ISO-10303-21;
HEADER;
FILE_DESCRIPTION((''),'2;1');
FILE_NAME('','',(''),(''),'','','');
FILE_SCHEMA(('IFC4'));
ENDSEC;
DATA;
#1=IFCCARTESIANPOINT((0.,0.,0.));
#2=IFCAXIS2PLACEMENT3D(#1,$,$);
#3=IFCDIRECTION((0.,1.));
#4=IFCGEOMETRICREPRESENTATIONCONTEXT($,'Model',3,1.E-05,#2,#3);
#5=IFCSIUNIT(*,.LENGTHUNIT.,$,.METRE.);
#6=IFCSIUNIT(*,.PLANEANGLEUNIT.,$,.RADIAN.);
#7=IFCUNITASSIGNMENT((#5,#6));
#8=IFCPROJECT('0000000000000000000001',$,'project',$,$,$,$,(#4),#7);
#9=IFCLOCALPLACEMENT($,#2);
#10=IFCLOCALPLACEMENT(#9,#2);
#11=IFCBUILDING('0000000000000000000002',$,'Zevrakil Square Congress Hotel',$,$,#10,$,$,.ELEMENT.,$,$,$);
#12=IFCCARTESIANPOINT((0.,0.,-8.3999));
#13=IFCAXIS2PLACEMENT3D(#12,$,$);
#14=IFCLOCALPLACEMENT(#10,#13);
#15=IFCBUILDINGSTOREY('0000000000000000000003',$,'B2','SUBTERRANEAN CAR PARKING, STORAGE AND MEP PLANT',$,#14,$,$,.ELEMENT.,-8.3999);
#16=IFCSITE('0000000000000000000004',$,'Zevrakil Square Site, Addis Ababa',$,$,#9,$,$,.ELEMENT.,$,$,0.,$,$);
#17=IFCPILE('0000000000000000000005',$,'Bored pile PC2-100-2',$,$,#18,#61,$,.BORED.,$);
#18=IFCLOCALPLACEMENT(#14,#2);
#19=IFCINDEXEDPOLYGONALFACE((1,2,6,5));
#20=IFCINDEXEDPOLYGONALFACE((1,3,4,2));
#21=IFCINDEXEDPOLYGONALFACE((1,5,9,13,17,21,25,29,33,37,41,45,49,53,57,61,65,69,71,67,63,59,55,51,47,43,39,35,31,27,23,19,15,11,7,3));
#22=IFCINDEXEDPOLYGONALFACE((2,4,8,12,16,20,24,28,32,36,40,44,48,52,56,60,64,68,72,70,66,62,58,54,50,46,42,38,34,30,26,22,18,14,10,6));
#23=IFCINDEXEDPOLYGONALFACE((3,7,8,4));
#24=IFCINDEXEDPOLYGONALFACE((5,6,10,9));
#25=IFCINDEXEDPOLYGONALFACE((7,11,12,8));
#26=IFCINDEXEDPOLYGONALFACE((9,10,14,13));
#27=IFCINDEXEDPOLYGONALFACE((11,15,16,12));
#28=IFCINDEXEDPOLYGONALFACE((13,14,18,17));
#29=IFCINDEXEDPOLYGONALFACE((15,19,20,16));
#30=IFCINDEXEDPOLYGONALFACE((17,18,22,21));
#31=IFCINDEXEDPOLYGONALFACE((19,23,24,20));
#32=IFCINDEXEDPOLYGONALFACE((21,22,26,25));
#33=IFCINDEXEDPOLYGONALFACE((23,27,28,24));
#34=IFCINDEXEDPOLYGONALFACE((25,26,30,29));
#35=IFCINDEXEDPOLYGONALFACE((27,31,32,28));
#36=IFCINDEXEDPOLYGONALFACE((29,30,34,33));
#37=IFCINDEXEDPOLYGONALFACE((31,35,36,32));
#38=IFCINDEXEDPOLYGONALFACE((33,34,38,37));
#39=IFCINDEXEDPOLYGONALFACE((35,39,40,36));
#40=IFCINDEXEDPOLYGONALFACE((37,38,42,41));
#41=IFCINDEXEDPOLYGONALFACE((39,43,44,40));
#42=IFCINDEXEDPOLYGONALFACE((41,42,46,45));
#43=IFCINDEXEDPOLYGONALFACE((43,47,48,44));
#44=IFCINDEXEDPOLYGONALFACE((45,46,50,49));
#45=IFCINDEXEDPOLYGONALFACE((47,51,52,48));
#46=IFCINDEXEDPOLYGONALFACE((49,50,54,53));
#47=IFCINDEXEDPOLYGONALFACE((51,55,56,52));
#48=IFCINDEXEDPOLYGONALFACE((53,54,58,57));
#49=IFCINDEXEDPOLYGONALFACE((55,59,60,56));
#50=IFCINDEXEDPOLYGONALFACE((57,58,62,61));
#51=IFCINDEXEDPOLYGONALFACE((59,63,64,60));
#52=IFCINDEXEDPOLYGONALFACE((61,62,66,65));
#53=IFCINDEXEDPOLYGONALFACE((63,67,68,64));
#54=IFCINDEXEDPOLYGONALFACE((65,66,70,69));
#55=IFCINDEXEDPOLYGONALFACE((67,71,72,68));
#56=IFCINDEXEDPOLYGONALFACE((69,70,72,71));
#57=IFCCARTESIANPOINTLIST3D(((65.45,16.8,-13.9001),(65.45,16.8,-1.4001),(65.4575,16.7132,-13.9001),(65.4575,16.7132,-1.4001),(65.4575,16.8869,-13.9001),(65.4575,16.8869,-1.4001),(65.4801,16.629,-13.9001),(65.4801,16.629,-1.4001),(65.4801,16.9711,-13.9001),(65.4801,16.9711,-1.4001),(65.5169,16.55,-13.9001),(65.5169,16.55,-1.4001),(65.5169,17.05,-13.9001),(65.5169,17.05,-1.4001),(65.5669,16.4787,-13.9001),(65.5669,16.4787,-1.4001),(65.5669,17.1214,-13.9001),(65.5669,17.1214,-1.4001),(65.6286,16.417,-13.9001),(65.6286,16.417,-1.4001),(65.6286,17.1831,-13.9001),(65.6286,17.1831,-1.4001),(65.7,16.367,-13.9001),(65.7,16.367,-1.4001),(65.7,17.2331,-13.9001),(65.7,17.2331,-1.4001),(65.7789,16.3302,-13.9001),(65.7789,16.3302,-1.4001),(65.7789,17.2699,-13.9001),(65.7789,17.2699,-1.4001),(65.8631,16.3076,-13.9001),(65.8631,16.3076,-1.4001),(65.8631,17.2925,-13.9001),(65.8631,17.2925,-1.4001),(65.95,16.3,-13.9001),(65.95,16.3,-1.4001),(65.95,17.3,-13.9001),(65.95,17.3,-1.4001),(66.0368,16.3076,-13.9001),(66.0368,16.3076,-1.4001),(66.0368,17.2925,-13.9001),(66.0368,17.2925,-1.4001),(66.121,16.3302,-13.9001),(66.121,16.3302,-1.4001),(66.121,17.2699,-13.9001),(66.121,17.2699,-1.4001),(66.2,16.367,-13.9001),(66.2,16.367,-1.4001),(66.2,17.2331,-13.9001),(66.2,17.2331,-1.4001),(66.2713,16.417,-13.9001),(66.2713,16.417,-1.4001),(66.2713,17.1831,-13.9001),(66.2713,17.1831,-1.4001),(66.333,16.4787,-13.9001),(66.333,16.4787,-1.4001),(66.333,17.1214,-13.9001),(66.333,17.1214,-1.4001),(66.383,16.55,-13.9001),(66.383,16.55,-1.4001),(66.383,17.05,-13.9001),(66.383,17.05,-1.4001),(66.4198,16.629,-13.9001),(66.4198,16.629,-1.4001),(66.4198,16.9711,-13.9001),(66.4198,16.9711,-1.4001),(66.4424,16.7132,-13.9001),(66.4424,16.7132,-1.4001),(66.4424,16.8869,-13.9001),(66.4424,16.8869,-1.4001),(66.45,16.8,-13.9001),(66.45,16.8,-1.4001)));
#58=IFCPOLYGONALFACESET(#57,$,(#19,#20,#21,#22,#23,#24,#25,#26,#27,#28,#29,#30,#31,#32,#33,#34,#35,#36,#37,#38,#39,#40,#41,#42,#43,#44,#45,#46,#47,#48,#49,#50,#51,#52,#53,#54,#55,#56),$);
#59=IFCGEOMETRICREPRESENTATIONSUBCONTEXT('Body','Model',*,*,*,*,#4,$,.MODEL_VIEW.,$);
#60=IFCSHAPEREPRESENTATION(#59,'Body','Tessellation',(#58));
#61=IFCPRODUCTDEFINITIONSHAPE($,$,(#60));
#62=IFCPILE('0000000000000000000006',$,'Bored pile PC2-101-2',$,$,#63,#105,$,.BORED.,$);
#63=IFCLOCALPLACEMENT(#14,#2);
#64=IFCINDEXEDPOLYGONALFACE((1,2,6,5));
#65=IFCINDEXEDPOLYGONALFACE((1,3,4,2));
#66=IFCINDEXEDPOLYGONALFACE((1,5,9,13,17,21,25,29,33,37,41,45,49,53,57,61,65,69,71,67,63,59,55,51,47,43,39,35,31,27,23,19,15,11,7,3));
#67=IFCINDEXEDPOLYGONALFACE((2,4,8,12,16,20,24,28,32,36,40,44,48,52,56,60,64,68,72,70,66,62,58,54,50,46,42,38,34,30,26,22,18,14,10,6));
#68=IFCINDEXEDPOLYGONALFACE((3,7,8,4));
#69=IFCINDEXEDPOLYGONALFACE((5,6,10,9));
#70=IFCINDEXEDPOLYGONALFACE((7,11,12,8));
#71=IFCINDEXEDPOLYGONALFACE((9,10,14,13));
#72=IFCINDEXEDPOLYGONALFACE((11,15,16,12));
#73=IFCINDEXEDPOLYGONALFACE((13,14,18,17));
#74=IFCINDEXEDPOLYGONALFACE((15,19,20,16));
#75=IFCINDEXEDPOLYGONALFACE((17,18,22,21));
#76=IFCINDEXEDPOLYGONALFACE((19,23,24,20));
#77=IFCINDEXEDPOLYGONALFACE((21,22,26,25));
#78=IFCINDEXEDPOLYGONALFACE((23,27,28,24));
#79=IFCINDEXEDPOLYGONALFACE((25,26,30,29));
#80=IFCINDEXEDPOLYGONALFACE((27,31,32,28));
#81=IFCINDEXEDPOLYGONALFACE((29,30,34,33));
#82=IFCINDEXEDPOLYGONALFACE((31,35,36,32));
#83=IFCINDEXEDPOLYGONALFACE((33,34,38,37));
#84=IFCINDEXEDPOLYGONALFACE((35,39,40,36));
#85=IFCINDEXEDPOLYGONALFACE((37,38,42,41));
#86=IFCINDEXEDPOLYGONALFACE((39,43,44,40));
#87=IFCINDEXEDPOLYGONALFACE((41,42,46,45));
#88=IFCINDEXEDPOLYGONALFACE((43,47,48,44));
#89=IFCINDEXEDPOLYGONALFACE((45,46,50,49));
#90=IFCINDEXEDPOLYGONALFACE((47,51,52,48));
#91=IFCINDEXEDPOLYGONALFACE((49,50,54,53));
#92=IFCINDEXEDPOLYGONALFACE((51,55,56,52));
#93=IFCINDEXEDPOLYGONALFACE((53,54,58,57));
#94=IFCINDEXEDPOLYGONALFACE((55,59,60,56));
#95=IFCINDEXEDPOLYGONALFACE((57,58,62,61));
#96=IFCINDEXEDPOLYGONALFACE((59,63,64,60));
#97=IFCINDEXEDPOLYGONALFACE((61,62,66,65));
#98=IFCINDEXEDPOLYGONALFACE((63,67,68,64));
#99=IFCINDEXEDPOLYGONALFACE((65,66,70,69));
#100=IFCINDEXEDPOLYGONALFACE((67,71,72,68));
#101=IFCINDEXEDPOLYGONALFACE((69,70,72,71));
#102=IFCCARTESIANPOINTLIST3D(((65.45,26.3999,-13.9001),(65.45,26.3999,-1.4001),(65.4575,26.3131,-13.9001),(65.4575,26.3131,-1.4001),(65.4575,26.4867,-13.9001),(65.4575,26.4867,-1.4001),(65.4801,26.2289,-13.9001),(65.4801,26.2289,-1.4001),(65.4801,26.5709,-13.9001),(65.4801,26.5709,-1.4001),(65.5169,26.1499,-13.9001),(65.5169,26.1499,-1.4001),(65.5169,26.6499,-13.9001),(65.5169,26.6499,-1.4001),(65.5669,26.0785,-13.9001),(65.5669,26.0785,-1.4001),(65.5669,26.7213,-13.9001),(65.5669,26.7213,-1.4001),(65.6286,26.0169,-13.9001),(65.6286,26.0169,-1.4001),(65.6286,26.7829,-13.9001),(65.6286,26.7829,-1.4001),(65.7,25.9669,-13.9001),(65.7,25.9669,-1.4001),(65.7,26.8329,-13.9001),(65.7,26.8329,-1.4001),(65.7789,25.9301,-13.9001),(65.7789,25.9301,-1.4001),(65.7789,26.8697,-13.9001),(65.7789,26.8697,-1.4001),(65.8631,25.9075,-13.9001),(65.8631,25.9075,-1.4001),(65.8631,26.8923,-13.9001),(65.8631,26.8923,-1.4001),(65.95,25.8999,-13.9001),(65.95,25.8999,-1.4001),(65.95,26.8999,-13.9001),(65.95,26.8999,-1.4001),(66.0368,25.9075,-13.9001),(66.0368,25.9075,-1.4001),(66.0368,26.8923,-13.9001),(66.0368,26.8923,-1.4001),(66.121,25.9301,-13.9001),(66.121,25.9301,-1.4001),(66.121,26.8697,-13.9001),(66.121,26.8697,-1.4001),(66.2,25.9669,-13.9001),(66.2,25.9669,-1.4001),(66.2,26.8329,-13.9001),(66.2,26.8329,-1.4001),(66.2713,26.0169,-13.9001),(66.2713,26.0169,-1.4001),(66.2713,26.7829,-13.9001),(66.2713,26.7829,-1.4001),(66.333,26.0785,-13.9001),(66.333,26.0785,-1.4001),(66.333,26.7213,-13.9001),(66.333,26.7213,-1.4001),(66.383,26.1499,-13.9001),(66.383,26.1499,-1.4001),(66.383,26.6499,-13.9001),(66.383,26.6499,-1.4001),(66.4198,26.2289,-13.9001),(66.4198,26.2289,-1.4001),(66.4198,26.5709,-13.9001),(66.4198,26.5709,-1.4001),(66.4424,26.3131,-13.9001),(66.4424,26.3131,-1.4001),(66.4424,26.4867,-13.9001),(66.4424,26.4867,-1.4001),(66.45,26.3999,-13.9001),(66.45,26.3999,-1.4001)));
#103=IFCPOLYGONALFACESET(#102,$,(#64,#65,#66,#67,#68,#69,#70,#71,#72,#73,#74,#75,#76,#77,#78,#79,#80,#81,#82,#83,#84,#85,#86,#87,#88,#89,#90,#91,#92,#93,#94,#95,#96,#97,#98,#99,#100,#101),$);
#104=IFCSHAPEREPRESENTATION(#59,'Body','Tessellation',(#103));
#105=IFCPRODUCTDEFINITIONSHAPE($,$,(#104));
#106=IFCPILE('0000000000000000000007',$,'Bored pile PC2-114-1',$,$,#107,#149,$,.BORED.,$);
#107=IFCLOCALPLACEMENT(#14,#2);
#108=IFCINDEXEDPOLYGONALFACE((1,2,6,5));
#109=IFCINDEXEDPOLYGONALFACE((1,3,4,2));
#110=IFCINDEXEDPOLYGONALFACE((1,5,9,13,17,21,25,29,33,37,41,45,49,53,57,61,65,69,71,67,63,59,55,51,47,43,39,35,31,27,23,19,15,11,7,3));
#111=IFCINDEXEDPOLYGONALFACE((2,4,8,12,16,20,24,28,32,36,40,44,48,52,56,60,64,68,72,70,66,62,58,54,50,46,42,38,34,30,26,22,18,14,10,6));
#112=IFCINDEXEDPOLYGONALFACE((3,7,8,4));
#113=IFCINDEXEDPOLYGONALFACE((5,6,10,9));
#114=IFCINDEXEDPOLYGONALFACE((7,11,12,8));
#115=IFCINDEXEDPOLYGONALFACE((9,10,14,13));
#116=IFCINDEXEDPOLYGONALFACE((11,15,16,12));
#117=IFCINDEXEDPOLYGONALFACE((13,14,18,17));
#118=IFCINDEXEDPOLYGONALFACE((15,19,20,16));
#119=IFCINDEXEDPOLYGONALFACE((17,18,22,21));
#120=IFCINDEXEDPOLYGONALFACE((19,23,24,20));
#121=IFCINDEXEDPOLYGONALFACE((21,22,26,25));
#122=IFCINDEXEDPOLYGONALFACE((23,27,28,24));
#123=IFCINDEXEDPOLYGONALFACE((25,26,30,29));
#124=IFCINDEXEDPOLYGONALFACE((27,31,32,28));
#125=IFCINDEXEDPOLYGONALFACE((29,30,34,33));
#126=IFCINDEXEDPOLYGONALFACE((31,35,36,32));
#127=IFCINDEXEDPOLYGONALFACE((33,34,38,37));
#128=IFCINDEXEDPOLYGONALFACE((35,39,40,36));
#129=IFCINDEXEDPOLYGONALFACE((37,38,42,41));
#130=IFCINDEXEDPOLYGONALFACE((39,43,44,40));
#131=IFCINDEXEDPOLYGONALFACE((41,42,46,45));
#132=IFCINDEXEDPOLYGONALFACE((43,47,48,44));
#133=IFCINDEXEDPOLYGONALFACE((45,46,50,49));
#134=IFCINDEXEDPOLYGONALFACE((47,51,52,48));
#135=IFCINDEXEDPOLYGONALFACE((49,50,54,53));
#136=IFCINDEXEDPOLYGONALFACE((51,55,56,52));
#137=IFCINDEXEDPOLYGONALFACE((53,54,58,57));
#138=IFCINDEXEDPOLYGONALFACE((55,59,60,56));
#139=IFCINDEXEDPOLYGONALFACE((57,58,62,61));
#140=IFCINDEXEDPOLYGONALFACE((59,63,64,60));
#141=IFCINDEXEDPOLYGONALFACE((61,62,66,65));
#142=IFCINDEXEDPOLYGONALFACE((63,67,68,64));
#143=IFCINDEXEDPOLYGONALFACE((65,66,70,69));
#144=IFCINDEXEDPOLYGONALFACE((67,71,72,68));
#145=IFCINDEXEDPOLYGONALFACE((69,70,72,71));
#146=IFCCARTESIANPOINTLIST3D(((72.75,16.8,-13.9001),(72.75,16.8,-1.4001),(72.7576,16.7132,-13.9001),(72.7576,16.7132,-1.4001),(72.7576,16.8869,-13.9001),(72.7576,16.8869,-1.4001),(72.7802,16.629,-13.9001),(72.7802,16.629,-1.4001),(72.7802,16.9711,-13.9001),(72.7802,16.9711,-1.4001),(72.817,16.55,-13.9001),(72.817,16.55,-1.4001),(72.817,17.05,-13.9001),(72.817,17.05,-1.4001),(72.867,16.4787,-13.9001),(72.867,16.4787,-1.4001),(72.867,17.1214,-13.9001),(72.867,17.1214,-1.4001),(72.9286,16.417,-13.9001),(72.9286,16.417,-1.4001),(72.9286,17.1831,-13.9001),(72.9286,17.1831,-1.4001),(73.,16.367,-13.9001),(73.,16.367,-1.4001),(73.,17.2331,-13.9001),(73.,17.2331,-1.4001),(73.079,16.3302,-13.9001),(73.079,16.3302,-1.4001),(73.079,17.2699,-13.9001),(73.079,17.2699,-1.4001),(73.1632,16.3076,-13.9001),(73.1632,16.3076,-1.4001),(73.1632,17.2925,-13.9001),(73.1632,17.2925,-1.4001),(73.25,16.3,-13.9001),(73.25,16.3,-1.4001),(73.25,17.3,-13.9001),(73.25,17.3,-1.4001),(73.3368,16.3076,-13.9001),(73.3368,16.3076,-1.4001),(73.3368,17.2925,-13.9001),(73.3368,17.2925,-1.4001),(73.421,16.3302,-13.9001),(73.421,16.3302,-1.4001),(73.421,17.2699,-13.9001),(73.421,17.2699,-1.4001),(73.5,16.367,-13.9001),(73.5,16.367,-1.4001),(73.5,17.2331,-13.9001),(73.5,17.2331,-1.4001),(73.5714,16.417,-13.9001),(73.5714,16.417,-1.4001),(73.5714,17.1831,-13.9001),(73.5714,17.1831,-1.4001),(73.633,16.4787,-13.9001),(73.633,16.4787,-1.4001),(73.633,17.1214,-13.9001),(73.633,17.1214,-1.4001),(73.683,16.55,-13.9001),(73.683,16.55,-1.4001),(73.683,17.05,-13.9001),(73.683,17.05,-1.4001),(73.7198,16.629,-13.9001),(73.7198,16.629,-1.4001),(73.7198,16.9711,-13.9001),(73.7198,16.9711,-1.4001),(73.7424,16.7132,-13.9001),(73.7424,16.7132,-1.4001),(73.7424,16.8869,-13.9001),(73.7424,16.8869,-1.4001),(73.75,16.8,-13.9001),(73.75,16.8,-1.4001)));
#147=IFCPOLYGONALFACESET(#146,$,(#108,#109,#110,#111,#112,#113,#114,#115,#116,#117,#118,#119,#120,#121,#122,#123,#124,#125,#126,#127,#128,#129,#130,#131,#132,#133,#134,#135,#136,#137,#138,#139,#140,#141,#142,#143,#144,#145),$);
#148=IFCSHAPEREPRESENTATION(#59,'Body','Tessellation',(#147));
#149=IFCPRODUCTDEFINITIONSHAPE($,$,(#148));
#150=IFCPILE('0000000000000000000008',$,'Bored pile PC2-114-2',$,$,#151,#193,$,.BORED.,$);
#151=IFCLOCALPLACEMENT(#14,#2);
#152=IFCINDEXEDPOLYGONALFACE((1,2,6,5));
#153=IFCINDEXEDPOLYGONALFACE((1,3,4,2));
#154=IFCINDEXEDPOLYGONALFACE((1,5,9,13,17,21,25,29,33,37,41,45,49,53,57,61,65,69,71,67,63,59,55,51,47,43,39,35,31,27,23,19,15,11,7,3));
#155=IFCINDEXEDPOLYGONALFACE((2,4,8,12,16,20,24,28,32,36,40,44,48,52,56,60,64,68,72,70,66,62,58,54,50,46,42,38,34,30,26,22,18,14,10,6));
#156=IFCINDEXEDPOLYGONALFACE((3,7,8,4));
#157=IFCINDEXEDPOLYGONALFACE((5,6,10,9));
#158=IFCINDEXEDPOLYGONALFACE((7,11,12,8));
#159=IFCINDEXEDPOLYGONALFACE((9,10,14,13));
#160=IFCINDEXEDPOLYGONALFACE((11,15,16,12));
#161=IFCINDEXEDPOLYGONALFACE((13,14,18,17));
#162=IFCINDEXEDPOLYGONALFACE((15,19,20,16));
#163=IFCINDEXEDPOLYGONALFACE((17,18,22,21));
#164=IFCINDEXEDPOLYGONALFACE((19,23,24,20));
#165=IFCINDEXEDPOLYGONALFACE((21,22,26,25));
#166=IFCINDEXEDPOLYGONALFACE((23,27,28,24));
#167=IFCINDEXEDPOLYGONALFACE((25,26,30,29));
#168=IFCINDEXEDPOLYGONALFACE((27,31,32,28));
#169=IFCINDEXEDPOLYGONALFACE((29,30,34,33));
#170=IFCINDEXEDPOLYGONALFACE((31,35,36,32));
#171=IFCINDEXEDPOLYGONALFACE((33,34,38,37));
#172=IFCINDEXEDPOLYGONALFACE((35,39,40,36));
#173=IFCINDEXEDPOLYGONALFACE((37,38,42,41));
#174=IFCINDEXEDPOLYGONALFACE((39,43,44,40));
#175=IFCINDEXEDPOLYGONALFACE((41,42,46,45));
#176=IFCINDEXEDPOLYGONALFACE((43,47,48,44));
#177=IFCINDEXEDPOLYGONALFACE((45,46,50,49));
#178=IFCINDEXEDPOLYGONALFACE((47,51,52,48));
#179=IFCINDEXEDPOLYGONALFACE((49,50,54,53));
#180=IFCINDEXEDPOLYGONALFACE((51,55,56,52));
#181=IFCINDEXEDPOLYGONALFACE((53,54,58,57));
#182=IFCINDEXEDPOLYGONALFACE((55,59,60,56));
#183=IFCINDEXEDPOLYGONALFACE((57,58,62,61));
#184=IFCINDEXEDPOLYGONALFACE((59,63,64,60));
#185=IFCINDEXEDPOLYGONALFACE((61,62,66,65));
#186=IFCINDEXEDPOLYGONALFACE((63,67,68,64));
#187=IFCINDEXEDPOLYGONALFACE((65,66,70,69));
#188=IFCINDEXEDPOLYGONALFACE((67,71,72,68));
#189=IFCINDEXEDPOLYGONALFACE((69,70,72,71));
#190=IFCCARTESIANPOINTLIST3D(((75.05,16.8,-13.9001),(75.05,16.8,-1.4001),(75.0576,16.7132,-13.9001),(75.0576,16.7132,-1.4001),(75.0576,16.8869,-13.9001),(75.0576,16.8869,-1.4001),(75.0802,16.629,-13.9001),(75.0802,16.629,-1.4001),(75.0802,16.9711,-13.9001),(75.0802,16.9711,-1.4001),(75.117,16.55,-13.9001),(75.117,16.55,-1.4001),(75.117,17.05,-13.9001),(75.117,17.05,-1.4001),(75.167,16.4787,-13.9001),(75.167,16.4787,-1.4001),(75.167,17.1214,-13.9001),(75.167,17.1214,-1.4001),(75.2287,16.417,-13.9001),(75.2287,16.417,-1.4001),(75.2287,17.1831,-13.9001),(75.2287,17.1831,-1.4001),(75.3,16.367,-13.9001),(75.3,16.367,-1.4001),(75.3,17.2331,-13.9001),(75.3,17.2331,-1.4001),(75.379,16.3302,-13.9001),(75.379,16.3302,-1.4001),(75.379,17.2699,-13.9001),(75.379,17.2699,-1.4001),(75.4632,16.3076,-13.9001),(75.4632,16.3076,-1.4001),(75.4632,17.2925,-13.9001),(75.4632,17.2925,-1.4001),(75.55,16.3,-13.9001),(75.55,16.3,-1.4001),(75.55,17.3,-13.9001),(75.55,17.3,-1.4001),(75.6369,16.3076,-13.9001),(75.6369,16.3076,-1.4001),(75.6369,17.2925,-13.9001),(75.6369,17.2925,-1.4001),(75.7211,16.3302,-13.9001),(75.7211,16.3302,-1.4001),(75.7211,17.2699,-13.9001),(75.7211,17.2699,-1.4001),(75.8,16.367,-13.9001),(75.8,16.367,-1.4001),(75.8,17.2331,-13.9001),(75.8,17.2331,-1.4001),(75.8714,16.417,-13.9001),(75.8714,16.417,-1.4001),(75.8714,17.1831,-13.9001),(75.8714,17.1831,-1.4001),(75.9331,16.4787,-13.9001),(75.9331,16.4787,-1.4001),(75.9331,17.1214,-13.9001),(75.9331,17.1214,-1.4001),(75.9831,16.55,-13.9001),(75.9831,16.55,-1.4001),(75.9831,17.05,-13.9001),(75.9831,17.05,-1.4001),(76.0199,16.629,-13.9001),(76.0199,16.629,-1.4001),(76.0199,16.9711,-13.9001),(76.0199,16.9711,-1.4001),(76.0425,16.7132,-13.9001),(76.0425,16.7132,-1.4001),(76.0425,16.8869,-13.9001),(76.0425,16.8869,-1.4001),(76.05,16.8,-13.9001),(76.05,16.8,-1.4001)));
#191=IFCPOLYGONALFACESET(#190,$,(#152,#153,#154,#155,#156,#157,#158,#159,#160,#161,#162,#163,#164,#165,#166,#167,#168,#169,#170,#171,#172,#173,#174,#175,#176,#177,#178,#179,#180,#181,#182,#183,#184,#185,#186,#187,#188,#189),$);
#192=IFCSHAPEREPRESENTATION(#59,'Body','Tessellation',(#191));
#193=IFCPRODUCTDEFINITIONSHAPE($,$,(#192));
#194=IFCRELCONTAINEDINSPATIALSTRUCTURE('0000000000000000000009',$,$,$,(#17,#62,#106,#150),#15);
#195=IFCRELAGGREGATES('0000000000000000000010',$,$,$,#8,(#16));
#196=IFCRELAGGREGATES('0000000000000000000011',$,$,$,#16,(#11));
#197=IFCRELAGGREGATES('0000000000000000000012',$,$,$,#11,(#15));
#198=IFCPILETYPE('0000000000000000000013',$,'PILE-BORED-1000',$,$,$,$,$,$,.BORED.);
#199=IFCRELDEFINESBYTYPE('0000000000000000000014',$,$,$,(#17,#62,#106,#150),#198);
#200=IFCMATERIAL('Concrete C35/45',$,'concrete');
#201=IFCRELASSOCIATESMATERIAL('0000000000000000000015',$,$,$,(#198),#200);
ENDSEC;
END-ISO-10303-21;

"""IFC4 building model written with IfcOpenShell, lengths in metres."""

from ifc_helpers import new_model, si_unit, direction, frame, origin, origin_2d, place, context, subcontext, project, spatial, circle, extrude, material, material_profile, profile_set, type_object, element, save


model = new_model("IFC4")

# Units and contexts
model_context = context("Model", 3, precision=1e-05, world=origin(), true_north=direction((0.0, 1.0)))
body_context = subcontext(model_context, "Body", "Model", "MODEL_VIEW")
ifc_project = project(units=[si_unit("LENGTHUNIT", "METRE"), si_unit("PLANEANGLEUNIT", "RADIAN")], contexts=[model_context])

# Site, building, storey
site_placement = place(None, origin())
site = spatial("IfcSite", under=ifc_project, at=site_placement, Name="Zevrakil Square Site, Addis Ababa", CompositionType="ELEMENT", RefElevation=0.0)
building_placement = place(site_placement, origin())
building = spatial("IfcBuilding", under=site, at=building_placement, Name="Zevrakil Square Congress Hotel", CompositionType="ELEMENT")
storey_placement = place(building_placement, frame((0.0, 0.0, -8.3999)))
storey = spatial("IfcBuildingStorey", under=building, at=storey_placement, Name="B2", Description="SUBTERRANEAN CAR PARKING, STORAGE AND MEP PLANT", CompositionType="ELEMENT", Elevation=-8.3999)

# Piles
ifc_material_1 = material(Name="Concrete C35/45", Category="concrete")
ifc_material_profile_1 = material_profile(ifc_material_1, circle(Radius=0.5, at=origin_2d()), Name="PILE D1000")
ifc_profile_set_1 = profile_set([ifc_material_profile_1], Name="Concrete C35/45")
pile_type = type_object("IfcPileType", Name="PILE-BORED-1000", PredefinedType="BORED", material=ifc_profile_set_1)
for number, where, z_axis, x_axis, name in (
    (1, (65.95, 16.8, -1.4001), (0.0, 0.0, -1.0), (1.0, 0.0, 0.0), "Bored pile PC2-100-2"),
    (2, (65.95, 26.3999, -1.4001), (0.0, 0.0, -1.0), (1.0, 0.0, 0.0), "Bored pile PC2-101-2"),
    (3, (73.25, 16.8, -1.4001), (0.0, 0.0, -1.0), (1.0, 0.0, 0.0), "Bored pile PC2-114-1"),
    (4, (75.55, 16.8, -1.4001), (0.0, 0.0, -1.0), (1.0, 0.0, 0.0), "Bored pile PC2-114-2"),
):
    element("IfcPile", number, at=place(storey_placement, frame(where, z_axis=z_axis, x_axis=x_axis)), inside=storey, type_object=pile_type, Name=name, PredefinedType="BORED", context=body_context, shape_type="SweptSolid", body=[
        extrude(circle(Radius=0.5, at=origin_2d()), origin(), (0.0, 0.0, 1.0), 12.5),
    ])

save(model, "model.ifc")
